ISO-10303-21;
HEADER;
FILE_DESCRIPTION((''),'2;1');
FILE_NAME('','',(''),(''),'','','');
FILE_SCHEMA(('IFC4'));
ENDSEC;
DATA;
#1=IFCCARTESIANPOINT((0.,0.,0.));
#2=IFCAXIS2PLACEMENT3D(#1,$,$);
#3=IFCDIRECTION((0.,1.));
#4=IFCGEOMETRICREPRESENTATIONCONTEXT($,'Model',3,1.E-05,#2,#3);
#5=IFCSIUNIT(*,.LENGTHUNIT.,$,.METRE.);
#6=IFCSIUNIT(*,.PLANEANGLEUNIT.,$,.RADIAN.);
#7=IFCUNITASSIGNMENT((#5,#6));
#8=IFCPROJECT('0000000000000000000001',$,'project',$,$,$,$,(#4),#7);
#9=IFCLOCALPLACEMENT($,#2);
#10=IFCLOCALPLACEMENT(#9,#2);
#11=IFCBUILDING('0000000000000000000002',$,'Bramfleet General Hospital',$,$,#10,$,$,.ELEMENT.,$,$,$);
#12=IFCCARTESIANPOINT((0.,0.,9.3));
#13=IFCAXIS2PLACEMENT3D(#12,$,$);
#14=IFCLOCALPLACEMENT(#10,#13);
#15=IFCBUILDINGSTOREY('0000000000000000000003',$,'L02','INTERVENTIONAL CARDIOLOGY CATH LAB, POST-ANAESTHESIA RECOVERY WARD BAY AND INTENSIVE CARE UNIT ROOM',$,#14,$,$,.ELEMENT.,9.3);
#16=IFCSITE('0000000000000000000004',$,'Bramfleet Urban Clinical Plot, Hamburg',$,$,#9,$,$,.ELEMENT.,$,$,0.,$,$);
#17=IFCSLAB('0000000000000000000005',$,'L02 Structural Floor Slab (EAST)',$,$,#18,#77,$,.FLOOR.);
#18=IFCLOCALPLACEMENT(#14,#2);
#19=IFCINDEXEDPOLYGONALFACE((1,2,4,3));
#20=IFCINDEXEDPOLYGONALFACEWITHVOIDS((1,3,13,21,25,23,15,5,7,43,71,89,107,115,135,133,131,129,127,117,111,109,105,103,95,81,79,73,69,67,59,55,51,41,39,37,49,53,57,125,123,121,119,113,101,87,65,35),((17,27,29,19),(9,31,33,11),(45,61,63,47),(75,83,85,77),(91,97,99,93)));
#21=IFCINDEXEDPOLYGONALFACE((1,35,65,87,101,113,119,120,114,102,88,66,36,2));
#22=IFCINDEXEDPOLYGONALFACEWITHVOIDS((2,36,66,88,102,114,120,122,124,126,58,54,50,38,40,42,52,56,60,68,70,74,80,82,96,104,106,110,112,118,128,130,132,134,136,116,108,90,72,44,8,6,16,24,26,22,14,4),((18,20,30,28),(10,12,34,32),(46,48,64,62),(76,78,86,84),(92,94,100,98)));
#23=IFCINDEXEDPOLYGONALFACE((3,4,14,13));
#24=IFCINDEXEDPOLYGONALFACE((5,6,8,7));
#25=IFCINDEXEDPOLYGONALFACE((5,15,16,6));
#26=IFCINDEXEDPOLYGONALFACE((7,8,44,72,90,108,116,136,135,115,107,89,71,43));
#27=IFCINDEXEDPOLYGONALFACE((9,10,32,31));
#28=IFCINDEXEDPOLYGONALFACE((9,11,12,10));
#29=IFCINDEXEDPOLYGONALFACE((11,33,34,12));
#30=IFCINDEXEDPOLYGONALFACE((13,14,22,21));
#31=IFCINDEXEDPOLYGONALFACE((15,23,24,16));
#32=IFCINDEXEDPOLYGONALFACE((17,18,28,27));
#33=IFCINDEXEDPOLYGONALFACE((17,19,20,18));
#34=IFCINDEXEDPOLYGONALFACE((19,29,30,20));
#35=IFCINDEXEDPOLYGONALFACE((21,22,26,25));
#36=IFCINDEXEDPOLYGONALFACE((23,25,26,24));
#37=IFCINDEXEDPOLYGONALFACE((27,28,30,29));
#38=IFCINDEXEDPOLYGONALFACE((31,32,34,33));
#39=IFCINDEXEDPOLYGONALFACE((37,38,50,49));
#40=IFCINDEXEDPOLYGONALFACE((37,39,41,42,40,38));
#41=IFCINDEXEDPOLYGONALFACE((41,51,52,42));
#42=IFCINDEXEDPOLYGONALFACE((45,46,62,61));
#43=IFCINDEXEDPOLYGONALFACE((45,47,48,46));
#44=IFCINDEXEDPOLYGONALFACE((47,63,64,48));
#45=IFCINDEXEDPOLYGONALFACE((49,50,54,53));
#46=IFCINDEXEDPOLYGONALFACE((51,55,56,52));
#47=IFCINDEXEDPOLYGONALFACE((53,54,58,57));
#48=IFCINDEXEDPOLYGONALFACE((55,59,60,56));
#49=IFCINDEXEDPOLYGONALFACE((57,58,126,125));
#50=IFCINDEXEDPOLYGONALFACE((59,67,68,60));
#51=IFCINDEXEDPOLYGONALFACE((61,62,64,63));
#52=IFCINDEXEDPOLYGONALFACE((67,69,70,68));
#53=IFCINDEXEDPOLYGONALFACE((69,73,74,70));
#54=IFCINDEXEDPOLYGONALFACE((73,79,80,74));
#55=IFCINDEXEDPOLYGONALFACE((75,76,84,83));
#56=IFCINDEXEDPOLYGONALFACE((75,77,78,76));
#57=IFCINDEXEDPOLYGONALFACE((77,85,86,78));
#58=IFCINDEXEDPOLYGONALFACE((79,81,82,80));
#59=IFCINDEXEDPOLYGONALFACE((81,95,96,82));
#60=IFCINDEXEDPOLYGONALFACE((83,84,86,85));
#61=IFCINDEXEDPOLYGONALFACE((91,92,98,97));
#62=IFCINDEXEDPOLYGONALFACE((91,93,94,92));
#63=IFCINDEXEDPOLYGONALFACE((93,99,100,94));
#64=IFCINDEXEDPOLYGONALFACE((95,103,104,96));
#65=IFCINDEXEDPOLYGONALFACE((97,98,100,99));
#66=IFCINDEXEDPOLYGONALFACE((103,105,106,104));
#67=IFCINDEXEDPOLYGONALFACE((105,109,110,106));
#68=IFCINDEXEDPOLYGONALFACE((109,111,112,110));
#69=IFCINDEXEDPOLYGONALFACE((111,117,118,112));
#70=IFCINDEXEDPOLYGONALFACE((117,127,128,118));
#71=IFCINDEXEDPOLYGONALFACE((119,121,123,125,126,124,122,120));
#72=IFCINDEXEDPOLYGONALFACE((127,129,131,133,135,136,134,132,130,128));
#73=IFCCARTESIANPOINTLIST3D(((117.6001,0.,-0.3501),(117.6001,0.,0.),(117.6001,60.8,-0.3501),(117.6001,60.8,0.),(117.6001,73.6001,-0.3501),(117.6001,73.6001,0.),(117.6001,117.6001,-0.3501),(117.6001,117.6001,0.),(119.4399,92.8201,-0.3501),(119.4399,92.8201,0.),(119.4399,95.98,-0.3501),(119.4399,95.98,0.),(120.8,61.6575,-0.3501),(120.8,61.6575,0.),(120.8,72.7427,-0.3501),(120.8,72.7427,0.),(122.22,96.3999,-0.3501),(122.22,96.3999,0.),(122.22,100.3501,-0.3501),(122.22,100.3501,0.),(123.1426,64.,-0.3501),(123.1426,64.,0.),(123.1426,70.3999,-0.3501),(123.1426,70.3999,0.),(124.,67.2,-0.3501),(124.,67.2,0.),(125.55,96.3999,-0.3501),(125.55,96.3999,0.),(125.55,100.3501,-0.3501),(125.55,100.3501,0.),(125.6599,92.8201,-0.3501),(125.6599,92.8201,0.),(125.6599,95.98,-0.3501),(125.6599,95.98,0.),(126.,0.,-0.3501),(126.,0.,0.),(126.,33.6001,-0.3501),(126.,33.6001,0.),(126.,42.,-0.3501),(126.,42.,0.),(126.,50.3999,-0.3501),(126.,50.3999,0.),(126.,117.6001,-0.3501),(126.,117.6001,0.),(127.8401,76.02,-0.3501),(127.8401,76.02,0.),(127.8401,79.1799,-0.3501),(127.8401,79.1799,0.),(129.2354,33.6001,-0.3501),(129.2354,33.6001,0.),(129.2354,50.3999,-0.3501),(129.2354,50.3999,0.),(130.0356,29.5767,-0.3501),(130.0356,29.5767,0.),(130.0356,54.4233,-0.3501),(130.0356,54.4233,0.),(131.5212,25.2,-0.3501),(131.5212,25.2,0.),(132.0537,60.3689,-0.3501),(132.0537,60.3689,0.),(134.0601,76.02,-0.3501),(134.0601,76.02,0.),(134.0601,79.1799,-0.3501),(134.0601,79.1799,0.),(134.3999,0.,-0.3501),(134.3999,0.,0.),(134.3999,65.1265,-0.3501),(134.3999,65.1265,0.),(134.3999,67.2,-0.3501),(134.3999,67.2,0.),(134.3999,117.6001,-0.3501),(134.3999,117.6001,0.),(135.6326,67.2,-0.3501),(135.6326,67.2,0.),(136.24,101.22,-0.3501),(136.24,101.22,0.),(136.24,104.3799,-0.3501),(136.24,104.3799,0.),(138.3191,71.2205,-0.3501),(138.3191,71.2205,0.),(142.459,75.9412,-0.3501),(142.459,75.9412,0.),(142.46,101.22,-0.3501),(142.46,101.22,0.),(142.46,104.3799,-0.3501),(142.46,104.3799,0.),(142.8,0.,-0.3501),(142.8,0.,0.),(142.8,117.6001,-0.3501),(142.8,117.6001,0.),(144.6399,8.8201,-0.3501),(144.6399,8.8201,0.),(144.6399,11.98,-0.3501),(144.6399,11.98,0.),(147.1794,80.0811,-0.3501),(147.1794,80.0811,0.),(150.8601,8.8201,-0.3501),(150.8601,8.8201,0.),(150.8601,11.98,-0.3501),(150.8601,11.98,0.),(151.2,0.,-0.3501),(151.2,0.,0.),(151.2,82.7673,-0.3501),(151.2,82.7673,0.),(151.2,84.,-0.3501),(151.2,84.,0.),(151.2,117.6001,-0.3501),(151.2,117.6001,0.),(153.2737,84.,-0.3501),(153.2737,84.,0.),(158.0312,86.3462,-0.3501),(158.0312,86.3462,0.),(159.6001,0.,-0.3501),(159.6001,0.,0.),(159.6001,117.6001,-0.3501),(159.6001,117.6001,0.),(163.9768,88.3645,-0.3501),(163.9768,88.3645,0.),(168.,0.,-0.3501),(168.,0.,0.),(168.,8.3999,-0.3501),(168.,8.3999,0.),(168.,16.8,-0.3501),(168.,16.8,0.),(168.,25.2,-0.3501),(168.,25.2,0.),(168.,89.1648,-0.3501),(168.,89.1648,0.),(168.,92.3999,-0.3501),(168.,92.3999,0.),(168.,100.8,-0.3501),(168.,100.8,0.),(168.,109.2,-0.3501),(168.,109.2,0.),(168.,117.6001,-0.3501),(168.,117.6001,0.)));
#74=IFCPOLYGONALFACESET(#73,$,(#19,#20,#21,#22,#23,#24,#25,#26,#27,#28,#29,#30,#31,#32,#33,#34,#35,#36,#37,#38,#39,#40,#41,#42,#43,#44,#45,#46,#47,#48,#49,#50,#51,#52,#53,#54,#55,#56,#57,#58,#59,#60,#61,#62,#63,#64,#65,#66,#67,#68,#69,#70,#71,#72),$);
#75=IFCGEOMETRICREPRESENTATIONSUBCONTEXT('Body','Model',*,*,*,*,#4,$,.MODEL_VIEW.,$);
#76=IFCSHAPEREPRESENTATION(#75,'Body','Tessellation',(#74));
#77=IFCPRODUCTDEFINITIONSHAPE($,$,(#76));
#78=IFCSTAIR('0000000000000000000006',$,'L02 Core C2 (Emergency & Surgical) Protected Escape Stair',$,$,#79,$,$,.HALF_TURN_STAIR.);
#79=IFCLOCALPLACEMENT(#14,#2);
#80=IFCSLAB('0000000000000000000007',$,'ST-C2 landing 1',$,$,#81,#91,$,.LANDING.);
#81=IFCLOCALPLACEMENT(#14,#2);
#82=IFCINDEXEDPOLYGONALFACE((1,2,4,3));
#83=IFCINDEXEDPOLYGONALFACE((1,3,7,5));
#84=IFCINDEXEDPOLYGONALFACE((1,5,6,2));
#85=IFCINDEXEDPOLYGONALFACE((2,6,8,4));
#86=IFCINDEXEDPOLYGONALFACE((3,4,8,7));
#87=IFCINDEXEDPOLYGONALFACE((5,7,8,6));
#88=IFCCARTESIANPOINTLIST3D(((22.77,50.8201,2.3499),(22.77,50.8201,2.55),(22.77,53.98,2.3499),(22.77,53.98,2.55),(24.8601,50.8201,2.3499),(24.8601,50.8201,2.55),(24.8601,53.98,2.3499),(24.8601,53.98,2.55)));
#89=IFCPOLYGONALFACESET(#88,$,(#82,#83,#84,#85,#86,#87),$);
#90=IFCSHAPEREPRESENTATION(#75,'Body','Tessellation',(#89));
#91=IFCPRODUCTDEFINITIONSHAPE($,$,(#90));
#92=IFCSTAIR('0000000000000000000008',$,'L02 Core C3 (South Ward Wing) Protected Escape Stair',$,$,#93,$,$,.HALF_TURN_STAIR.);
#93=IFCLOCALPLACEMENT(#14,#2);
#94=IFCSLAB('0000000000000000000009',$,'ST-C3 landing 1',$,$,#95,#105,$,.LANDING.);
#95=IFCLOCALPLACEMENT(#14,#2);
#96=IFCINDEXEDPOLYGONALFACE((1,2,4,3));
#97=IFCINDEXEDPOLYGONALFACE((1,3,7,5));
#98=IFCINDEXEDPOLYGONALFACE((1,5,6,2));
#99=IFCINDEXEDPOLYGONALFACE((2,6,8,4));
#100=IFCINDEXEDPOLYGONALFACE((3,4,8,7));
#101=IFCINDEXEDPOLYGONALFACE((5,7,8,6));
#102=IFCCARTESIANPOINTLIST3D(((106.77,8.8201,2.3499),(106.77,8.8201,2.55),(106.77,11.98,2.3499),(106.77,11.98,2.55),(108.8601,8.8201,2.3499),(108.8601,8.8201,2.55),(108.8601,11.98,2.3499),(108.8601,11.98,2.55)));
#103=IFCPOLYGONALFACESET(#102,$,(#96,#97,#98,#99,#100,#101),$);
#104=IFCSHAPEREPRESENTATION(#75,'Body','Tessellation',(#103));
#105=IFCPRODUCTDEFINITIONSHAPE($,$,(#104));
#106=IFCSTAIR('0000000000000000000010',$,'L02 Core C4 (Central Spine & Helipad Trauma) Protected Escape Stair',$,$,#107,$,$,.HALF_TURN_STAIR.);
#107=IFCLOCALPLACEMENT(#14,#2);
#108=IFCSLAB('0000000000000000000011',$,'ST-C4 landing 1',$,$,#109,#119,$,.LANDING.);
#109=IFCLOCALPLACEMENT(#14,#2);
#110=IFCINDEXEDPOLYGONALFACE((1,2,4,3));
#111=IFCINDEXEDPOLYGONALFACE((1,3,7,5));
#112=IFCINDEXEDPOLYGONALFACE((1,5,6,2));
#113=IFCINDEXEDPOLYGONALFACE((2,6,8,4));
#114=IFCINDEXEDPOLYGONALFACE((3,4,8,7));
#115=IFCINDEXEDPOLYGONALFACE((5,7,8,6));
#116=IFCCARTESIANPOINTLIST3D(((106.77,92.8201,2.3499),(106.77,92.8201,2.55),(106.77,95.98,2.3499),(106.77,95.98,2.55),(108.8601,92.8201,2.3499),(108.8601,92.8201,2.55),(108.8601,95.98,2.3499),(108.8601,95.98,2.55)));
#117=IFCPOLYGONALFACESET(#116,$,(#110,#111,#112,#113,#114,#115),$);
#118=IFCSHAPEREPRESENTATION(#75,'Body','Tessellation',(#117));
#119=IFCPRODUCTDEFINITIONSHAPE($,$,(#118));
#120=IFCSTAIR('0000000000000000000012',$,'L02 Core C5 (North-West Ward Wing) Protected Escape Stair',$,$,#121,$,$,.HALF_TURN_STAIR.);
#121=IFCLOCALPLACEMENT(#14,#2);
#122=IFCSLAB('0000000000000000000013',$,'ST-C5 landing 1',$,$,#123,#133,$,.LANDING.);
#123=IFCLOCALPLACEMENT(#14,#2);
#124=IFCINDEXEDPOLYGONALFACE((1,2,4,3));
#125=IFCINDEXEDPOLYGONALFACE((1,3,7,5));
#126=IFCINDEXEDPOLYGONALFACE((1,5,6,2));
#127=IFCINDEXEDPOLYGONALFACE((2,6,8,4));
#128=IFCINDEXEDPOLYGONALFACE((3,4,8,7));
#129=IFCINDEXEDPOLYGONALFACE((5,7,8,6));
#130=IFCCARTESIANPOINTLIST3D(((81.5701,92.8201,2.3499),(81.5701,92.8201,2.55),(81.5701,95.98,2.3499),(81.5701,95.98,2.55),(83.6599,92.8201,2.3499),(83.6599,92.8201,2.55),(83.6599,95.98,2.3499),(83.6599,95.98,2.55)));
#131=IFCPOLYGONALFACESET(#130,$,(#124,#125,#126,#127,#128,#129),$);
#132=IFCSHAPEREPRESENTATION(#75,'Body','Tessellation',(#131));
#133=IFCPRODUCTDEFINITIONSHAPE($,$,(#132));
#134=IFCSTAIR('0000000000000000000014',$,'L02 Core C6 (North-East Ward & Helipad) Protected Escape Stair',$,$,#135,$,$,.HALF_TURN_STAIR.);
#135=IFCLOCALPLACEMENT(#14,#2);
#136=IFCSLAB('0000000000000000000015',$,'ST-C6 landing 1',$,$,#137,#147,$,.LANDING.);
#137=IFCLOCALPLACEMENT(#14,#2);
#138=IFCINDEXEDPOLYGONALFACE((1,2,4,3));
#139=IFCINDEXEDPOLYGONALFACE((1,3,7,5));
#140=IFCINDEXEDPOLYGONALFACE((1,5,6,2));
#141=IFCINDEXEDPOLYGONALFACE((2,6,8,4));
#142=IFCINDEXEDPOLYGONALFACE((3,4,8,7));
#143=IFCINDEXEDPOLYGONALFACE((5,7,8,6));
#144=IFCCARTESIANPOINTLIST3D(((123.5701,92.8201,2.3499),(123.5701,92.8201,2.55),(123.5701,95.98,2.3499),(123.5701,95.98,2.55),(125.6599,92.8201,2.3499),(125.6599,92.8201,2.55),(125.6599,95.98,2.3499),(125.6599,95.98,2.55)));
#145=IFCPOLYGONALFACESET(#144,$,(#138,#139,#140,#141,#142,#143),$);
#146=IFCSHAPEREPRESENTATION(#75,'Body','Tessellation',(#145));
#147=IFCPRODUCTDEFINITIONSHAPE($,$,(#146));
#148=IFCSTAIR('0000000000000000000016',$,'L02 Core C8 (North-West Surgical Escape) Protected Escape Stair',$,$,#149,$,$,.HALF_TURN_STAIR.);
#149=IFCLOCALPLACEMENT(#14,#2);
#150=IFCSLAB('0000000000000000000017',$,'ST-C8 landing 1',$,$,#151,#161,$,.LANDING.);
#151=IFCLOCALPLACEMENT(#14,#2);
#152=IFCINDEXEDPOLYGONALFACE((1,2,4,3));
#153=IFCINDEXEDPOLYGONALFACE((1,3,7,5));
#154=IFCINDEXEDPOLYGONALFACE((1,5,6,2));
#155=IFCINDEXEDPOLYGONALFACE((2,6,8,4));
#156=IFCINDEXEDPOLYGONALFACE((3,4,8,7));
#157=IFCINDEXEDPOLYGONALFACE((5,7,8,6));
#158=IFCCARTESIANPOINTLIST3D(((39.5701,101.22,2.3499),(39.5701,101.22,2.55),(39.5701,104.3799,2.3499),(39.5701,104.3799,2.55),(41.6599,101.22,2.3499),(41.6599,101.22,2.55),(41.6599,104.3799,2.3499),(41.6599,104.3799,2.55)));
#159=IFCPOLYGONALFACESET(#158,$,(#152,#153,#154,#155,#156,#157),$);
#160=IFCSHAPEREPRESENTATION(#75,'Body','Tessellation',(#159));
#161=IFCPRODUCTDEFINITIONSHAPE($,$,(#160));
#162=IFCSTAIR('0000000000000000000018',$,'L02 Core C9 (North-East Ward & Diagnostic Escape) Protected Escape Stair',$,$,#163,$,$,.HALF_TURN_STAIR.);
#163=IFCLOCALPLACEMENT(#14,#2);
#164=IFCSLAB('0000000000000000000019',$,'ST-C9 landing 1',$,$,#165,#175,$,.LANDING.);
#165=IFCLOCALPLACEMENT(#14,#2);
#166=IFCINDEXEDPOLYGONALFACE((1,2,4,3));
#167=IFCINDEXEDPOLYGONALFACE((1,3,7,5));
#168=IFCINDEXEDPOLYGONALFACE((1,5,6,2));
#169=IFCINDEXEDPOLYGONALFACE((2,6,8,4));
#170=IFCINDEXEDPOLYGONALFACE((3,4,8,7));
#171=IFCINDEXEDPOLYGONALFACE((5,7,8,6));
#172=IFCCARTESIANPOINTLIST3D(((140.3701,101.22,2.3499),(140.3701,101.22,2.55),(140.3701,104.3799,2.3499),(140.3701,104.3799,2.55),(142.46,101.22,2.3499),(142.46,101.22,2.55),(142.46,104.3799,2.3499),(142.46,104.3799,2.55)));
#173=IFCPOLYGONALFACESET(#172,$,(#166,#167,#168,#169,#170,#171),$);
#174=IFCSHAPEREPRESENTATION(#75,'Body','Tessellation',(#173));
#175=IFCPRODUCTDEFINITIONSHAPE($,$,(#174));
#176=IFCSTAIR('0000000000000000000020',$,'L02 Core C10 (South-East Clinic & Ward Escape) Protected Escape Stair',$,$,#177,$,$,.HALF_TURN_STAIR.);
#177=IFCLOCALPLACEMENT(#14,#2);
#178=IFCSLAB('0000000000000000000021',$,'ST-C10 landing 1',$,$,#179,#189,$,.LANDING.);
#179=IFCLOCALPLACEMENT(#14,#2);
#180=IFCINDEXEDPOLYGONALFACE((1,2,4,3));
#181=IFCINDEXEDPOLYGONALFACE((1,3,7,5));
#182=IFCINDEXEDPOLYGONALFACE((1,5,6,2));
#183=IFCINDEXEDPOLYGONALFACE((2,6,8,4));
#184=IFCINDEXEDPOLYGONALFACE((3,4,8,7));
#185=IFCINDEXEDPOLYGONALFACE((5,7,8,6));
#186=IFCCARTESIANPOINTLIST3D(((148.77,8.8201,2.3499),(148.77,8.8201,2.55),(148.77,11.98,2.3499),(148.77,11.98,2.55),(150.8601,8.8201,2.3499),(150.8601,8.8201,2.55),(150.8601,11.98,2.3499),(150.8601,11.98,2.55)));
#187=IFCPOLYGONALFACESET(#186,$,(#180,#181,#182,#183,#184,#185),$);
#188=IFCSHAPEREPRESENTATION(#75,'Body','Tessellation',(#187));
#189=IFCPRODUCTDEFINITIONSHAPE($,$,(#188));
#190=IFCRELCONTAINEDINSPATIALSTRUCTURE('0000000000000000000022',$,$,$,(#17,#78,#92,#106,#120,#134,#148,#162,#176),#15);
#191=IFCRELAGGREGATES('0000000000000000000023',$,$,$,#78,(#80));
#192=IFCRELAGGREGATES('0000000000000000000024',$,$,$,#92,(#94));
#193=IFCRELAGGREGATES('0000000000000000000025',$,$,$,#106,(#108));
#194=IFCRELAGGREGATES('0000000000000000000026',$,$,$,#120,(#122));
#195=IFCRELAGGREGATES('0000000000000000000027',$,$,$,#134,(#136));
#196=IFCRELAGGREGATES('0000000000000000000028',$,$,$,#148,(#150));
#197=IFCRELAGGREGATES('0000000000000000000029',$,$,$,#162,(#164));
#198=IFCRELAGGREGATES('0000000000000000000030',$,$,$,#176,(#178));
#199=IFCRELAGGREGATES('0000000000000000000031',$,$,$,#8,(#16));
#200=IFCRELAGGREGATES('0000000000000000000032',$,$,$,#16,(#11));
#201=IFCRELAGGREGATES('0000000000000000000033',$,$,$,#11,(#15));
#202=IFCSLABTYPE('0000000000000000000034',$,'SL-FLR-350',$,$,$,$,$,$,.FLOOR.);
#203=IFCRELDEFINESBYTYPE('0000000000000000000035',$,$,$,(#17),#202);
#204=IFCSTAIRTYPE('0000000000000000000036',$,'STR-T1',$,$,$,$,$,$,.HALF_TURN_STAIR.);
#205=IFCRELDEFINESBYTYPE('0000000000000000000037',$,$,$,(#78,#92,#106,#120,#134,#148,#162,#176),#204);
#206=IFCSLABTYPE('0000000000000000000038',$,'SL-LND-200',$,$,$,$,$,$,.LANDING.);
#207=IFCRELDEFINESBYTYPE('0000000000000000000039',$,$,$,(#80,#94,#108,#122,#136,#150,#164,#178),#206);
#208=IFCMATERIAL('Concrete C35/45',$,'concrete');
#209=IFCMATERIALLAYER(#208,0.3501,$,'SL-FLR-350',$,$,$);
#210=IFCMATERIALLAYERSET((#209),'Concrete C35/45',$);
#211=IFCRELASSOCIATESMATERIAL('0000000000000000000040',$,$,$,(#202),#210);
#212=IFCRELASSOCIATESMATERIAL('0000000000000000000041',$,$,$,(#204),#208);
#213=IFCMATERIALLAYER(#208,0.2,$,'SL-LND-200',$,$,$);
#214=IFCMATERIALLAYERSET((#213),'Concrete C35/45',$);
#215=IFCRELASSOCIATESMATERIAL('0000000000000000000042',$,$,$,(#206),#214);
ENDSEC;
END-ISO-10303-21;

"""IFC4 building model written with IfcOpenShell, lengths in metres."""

from ifc_helpers import new_model, si_unit, direction, frame, origin, place, context, subcontext, project, spatial, polyline, outline, extrude, material, layer, layer_set, type_object, element, aggregate, save


model = new_model("IFC4")

# Units and contexts
model_context = context("Model", 3, precision=1e-05, world=origin(), true_north=direction((0.0, 1.0)))
body_context = subcontext(model_context, "Body", "Model", "MODEL_VIEW")
ifc_project = project(units=[si_unit("LENGTHUNIT", "METRE"), si_unit("PLANEANGLEUNIT", "RADIAN")], contexts=[model_context])

# Site, building, storey
site_placement = place(None, origin())
site = spatial("IfcSite", under=ifc_project, at=site_placement, Name="Bramfleet Urban Clinical Plot, Hamburg", CompositionType="ELEMENT", RefElevation=0.0)
building_placement = place(site_placement, origin())
building = spatial("IfcBuilding", under=site, at=building_placement, Name="Bramfleet General Hospital", CompositionType="ELEMENT")
storey_placement = place(building_placement, frame((0.0, 0.0, 9.3)))
storey = spatial("IfcBuildingStorey", under=building, at=storey_placement, Name="L02", Description="INTERVENTIONAL CARDIOLOGY CATH LAB, POST-ANAESTHESIA RECOVERY WARD BAY AND INTENSIVE CARE UNIT ROOM", CompositionType="ELEMENT", Elevation=9.3)

# Slab
ifc_material_1 = material(Name="Concrete C35/45", Category="concrete")
ifc_layer_1 = layer(ifc_material_1, 0.3501, Name="SL-FLR-350")
ifc_layer_set_1 = layer_set([ifc_layer_1], Name="Concrete C35/45")
slab_type_1 = type_object("IfcSlabType", Name="SL-FLR-350", PredefinedType="FLOOR", material=ifc_layer_set_1)
slab_1_placement = place(storey_placement, frame((0.0, 0.0, -0.3501)))
element("IfcSlab", 1, at=slab_1_placement, inside=storey, type_object=slab_type_1, Name="L02 Structural Floor Slab (EAST)", PredefinedType="FLOOR", context=body_context, shape_type="SweptSolid", body=[
    extrude(outline(polyline([(126.0, 117.6001), (134.3999, 117.6001), (142.8, 117.6001), (151.2, 117.6001), (159.6001, 117.6001), (168.0, 117.6001), (168.0, 109.2), (168.0, 100.8), (168.0, 92.3999), (168.0, 89.1648), (163.9768, 88.3645), (158.0312, 86.3462), (153.2737, 84.0), (151.2, 84.0), (151.2, 82.7673), (147.1794, 80.0811), (142.459, 75.9412), (138.3191, 71.2205), (135.6326, 67.2), (134.3999, 67.2), (134.3999, 65.1265), (132.0537, 60.3689), (130.0356, 54.4233), (129.2354, 50.3999), (126.0, 50.3999), (126.0, 42.0), (126.0, 33.6001), (129.2354, 33.6001), (130.0356, 29.5767), (131.5212, 25.2), (168.0, 25.2), (168.0, 16.8), (168.0, 8.3999), (168.0, 0.0), (159.6001, 0.0), (151.2, 0.0), (142.8, 0.0), (134.3999, 0.0), (126.0, 0.0), (117.6001, 0.0), (117.6001, 60.8), (120.8, 61.6575), (123.1426, 64.0), (124.0, 67.2), (123.1426, 70.3999), (120.8, 72.7427), (117.6001, 73.6001), (117.6001, 117.6001), (126.0, 117.6001)]), holes=[polyline([(119.4399, 92.8201), (125.6599, 92.8201), (125.6599, 95.98), (119.4399, 95.98), (119.4399, 92.8201)]), polyline([(122.22, 96.3999), (125.55, 96.3999), (125.55, 100.3501), (122.22, 100.3501), (122.22, 96.3999)]), polyline([(136.24, 101.22), (142.46, 101.22), (142.46, 104.3799), (136.24, 104.3799), (136.24, 101.22)]), polyline([(144.6399, 8.8201), (150.8601, 8.8201), (150.8601, 11.98), (144.6399, 11.98), (144.6399, 8.8201)]), polyline([(127.8401, 76.02), (134.0601, 76.02), (134.0601, 79.1799), (127.8401, 79.1799), (127.8401, 76.02)])]), origin(), (0.0, 0.0, 1.0), 0.3501),
])

# Stairs, slabs
stair_type = type_object("IfcStairType", Name="STR-T1", PredefinedType="HALF_TURN_STAIR", material=ifc_material_1)
stair_1_placement = place(storey_placement, origin())
stair_1 = element("IfcStair", 2, at=stair_1_placement, inside=storey, type_object=stair_type, Name="L02 Core C2 (Emergency & Surgical) Protected Escape Stair", PredefinedType="HALF_TURN_STAIR")
ifc_layer_2 = layer(ifc_material_1, 0.2, Name="SL-LND-200")
ifc_layer_set_2 = layer_set([ifc_layer_2], Name="Concrete C35/45")
slab_type_2 = type_object("IfcSlabType", Name="SL-LND-200", PredefinedType="LANDING", material=ifc_layer_set_2)
slab_2_placement = place(storey_placement, frame((0.0, 0.0, 2.3499)))
slab_2 = element("IfcSlab", 3, at=slab_2_placement, type_object=slab_type_2, Name="ST-C2 landing 1", PredefinedType="LANDING", context=body_context, shape_type="SweptSolid", body=[
    extrude(outline(polyline([(22.77, 50.8201), (24.8601, 50.8201), (24.8601, 53.98), (22.77, 53.98), (22.77, 50.8201)])), origin(), (0.0, 0.0, 1.0), 0.2002),
])
aggregate(stair_1, [slab_2])
stair_2_placement = place(storey_placement, origin())
stair_2 = element("IfcStair", 4, at=stair_2_placement, inside=storey, type_object=stair_type, Name="L02 Core C3 (South Ward Wing) Protected Escape Stair", PredefinedType="HALF_TURN_STAIR")
slab_3_placement = place(storey_placement, frame((0.0, 0.0, 2.3499)))
slab_3 = element("IfcSlab", 5, at=slab_3_placement, type_object=slab_type_2, Name="ST-C3 landing 1", PredefinedType="LANDING", context=body_context, shape_type="SweptSolid", body=[
    extrude(outline(polyline([(106.77, 8.8201), (108.8601, 8.8201), (108.8601, 11.98), (106.77, 11.98), (106.77, 8.8201)])), origin(), (0.0, 0.0, 1.0), 0.2002),
])
aggregate(stair_2, [slab_3])
stair_3_placement = place(storey_placement, origin())
stair_3 = element("IfcStair", 6, at=stair_3_placement, inside=storey, type_object=stair_type, Name="L02 Core C4 (Central Spine & Helipad Trauma) Protected Escape Stair", PredefinedType="HALF_TURN_STAIR")
slab_4_placement = place(storey_placement, frame((0.0, 0.0, 2.3499)))
slab_4 = element("IfcSlab", 7, at=slab_4_placement, type_object=slab_type_2, Name="ST-C4 landing 1", PredefinedType="LANDING", context=body_context, shape_type="SweptSolid", body=[
    extrude(outline(polyline([(106.77, 92.8201), (108.8601, 92.8201), (108.8601, 95.98), (106.77, 95.98), (106.77, 92.8201)])), origin(), (0.0, 0.0, 1.0), 0.2002),
])
aggregate(stair_3, [slab_4])
stair_4_placement = place(storey_placement, origin())
stair_4 = element("IfcStair", 8, at=stair_4_placement, inside=storey, type_object=stair_type, Name="L02 Core C5 (North-West Ward Wing) Protected Escape Stair", PredefinedType="HALF_TURN_STAIR")
slab_5_placement = place(storey_placement, frame((0.0, 0.0, 2.3499)))
slab_5 = element("IfcSlab", 9, at=slab_5_placement, type_object=slab_type_2, Name="ST-C5 landing 1", PredefinedType="LANDING", context=body_context, shape_type="SweptSolid", body=[
    extrude(outline(polyline([(81.5701, 92.8201), (83.6599, 92.8201), (83.6599, 95.98), (81.5701, 95.98), (81.5701, 92.8201)])), origin(), (0.0, 0.0, 1.0), 0.2002),
])
aggregate(stair_4, [slab_5])
stair_5_placement = place(storey_placement, origin())
stair_5 = element("IfcStair", 10, at=stair_5_placement, inside=storey, type_object=stair_type, Name="L02 Core C6 (North-East Ward & Helipad) Protected Escape Stair", PredefinedType="HALF_TURN_STAIR")
slab_6_placement = place(storey_placement, frame((0.0, 0.0, 2.3499)))
slab_6 = element("IfcSlab", 11, at=slab_6_placement, type_object=slab_type_2, Name="ST-C6 landing 1", PredefinedType="LANDING", context=body_context, shape_type="SweptSolid", body=[
    extrude(outline(polyline([(123.5701, 92.8201), (125.6599, 92.8201), (125.6599, 95.98), (123.5701, 95.98), (123.5701, 92.8201)])), origin(), (0.0, 0.0, 1.0), 0.2002),
])
aggregate(stair_5, [slab_6])
stair_6_placement = place(storey_placement, origin())
stair_6 = element("IfcStair", 12, at=stair_6_placement, inside=storey, type_object=stair_type, Name="L02 Core C8 (North-West Surgical Escape) Protected Escape Stair", PredefinedType="HALF_TURN_STAIR")
slab_7_placement = place(storey_placement, frame((0.0, 0.0, 2.3499)))
slab_7 = element("IfcSlab", 13, at=slab_7_placement, type_object=slab_type_2, Name="ST-C8 landing 1", PredefinedType="LANDING", context=body_context, shape_type="SweptSolid", body=[
    extrude(outline(polyline([(39.5701, 101.22), (41.6599, 101.22), (41.6599, 104.3799), (39.5701, 104.3799), (39.5701, 101.22)])), origin(), (0.0, 0.0, 1.0), 0.2002),
])
aggregate(stair_6, [slab_7])
stair_7_placement = place(storey_placement, origin())
stair_7 = element("IfcStair", 14, at=stair_7_placement, inside=storey, type_object=stair_type, Name="L02 Core C9 (North-East Ward & Diagnostic Escape) Protected Escape Stair", PredefinedType="HALF_TURN_STAIR")
slab_8_placement = place(storey_placement, frame((0.0, 0.0, 2.3499)))
slab_8 = element("IfcSlab", 15, at=slab_8_placement, type_object=slab_type_2, Name="ST-C9 landing 1", PredefinedType="LANDING", context=body_context, shape_type="SweptSolid", body=[
    extrude(outline(polyline([(140.3701, 101.22), (142.46, 101.22), (142.46, 104.3799), (140.3701, 104.3799), (140.3701, 101.22)])), origin(), (0.0, 0.0, 1.0), 0.2002),
])
aggregate(stair_7, [slab_8])
stair_8_placement = place(storey_placement, origin())
stair_8 = element("IfcStair", 16, at=stair_8_placement, inside=storey, type_object=stair_type, Name="L02 Core C10 (South-East Clinic & Ward Escape) Protected Escape Stair", PredefinedType="HALF_TURN_STAIR")
slab_9_placement = place(storey_placement, frame((0.0, 0.0, 2.3499)))
slab_9 = element("IfcSlab", 17, at=slab_9_placement, type_object=slab_type_2, Name="ST-C10 landing 1", PredefinedType="LANDING", context=body_context, shape_type="SweptSolid", body=[
    extrude(outline(polyline([(148.77, 8.8201), (150.8601, 8.8201), (150.8601, 11.98), (148.77, 11.98), (148.77, 8.8201)])), origin(), (0.0, 0.0, 1.0), 0.2002),
])
aggregate(stair_8, [slab_9])

save(model, "model.ifc")
